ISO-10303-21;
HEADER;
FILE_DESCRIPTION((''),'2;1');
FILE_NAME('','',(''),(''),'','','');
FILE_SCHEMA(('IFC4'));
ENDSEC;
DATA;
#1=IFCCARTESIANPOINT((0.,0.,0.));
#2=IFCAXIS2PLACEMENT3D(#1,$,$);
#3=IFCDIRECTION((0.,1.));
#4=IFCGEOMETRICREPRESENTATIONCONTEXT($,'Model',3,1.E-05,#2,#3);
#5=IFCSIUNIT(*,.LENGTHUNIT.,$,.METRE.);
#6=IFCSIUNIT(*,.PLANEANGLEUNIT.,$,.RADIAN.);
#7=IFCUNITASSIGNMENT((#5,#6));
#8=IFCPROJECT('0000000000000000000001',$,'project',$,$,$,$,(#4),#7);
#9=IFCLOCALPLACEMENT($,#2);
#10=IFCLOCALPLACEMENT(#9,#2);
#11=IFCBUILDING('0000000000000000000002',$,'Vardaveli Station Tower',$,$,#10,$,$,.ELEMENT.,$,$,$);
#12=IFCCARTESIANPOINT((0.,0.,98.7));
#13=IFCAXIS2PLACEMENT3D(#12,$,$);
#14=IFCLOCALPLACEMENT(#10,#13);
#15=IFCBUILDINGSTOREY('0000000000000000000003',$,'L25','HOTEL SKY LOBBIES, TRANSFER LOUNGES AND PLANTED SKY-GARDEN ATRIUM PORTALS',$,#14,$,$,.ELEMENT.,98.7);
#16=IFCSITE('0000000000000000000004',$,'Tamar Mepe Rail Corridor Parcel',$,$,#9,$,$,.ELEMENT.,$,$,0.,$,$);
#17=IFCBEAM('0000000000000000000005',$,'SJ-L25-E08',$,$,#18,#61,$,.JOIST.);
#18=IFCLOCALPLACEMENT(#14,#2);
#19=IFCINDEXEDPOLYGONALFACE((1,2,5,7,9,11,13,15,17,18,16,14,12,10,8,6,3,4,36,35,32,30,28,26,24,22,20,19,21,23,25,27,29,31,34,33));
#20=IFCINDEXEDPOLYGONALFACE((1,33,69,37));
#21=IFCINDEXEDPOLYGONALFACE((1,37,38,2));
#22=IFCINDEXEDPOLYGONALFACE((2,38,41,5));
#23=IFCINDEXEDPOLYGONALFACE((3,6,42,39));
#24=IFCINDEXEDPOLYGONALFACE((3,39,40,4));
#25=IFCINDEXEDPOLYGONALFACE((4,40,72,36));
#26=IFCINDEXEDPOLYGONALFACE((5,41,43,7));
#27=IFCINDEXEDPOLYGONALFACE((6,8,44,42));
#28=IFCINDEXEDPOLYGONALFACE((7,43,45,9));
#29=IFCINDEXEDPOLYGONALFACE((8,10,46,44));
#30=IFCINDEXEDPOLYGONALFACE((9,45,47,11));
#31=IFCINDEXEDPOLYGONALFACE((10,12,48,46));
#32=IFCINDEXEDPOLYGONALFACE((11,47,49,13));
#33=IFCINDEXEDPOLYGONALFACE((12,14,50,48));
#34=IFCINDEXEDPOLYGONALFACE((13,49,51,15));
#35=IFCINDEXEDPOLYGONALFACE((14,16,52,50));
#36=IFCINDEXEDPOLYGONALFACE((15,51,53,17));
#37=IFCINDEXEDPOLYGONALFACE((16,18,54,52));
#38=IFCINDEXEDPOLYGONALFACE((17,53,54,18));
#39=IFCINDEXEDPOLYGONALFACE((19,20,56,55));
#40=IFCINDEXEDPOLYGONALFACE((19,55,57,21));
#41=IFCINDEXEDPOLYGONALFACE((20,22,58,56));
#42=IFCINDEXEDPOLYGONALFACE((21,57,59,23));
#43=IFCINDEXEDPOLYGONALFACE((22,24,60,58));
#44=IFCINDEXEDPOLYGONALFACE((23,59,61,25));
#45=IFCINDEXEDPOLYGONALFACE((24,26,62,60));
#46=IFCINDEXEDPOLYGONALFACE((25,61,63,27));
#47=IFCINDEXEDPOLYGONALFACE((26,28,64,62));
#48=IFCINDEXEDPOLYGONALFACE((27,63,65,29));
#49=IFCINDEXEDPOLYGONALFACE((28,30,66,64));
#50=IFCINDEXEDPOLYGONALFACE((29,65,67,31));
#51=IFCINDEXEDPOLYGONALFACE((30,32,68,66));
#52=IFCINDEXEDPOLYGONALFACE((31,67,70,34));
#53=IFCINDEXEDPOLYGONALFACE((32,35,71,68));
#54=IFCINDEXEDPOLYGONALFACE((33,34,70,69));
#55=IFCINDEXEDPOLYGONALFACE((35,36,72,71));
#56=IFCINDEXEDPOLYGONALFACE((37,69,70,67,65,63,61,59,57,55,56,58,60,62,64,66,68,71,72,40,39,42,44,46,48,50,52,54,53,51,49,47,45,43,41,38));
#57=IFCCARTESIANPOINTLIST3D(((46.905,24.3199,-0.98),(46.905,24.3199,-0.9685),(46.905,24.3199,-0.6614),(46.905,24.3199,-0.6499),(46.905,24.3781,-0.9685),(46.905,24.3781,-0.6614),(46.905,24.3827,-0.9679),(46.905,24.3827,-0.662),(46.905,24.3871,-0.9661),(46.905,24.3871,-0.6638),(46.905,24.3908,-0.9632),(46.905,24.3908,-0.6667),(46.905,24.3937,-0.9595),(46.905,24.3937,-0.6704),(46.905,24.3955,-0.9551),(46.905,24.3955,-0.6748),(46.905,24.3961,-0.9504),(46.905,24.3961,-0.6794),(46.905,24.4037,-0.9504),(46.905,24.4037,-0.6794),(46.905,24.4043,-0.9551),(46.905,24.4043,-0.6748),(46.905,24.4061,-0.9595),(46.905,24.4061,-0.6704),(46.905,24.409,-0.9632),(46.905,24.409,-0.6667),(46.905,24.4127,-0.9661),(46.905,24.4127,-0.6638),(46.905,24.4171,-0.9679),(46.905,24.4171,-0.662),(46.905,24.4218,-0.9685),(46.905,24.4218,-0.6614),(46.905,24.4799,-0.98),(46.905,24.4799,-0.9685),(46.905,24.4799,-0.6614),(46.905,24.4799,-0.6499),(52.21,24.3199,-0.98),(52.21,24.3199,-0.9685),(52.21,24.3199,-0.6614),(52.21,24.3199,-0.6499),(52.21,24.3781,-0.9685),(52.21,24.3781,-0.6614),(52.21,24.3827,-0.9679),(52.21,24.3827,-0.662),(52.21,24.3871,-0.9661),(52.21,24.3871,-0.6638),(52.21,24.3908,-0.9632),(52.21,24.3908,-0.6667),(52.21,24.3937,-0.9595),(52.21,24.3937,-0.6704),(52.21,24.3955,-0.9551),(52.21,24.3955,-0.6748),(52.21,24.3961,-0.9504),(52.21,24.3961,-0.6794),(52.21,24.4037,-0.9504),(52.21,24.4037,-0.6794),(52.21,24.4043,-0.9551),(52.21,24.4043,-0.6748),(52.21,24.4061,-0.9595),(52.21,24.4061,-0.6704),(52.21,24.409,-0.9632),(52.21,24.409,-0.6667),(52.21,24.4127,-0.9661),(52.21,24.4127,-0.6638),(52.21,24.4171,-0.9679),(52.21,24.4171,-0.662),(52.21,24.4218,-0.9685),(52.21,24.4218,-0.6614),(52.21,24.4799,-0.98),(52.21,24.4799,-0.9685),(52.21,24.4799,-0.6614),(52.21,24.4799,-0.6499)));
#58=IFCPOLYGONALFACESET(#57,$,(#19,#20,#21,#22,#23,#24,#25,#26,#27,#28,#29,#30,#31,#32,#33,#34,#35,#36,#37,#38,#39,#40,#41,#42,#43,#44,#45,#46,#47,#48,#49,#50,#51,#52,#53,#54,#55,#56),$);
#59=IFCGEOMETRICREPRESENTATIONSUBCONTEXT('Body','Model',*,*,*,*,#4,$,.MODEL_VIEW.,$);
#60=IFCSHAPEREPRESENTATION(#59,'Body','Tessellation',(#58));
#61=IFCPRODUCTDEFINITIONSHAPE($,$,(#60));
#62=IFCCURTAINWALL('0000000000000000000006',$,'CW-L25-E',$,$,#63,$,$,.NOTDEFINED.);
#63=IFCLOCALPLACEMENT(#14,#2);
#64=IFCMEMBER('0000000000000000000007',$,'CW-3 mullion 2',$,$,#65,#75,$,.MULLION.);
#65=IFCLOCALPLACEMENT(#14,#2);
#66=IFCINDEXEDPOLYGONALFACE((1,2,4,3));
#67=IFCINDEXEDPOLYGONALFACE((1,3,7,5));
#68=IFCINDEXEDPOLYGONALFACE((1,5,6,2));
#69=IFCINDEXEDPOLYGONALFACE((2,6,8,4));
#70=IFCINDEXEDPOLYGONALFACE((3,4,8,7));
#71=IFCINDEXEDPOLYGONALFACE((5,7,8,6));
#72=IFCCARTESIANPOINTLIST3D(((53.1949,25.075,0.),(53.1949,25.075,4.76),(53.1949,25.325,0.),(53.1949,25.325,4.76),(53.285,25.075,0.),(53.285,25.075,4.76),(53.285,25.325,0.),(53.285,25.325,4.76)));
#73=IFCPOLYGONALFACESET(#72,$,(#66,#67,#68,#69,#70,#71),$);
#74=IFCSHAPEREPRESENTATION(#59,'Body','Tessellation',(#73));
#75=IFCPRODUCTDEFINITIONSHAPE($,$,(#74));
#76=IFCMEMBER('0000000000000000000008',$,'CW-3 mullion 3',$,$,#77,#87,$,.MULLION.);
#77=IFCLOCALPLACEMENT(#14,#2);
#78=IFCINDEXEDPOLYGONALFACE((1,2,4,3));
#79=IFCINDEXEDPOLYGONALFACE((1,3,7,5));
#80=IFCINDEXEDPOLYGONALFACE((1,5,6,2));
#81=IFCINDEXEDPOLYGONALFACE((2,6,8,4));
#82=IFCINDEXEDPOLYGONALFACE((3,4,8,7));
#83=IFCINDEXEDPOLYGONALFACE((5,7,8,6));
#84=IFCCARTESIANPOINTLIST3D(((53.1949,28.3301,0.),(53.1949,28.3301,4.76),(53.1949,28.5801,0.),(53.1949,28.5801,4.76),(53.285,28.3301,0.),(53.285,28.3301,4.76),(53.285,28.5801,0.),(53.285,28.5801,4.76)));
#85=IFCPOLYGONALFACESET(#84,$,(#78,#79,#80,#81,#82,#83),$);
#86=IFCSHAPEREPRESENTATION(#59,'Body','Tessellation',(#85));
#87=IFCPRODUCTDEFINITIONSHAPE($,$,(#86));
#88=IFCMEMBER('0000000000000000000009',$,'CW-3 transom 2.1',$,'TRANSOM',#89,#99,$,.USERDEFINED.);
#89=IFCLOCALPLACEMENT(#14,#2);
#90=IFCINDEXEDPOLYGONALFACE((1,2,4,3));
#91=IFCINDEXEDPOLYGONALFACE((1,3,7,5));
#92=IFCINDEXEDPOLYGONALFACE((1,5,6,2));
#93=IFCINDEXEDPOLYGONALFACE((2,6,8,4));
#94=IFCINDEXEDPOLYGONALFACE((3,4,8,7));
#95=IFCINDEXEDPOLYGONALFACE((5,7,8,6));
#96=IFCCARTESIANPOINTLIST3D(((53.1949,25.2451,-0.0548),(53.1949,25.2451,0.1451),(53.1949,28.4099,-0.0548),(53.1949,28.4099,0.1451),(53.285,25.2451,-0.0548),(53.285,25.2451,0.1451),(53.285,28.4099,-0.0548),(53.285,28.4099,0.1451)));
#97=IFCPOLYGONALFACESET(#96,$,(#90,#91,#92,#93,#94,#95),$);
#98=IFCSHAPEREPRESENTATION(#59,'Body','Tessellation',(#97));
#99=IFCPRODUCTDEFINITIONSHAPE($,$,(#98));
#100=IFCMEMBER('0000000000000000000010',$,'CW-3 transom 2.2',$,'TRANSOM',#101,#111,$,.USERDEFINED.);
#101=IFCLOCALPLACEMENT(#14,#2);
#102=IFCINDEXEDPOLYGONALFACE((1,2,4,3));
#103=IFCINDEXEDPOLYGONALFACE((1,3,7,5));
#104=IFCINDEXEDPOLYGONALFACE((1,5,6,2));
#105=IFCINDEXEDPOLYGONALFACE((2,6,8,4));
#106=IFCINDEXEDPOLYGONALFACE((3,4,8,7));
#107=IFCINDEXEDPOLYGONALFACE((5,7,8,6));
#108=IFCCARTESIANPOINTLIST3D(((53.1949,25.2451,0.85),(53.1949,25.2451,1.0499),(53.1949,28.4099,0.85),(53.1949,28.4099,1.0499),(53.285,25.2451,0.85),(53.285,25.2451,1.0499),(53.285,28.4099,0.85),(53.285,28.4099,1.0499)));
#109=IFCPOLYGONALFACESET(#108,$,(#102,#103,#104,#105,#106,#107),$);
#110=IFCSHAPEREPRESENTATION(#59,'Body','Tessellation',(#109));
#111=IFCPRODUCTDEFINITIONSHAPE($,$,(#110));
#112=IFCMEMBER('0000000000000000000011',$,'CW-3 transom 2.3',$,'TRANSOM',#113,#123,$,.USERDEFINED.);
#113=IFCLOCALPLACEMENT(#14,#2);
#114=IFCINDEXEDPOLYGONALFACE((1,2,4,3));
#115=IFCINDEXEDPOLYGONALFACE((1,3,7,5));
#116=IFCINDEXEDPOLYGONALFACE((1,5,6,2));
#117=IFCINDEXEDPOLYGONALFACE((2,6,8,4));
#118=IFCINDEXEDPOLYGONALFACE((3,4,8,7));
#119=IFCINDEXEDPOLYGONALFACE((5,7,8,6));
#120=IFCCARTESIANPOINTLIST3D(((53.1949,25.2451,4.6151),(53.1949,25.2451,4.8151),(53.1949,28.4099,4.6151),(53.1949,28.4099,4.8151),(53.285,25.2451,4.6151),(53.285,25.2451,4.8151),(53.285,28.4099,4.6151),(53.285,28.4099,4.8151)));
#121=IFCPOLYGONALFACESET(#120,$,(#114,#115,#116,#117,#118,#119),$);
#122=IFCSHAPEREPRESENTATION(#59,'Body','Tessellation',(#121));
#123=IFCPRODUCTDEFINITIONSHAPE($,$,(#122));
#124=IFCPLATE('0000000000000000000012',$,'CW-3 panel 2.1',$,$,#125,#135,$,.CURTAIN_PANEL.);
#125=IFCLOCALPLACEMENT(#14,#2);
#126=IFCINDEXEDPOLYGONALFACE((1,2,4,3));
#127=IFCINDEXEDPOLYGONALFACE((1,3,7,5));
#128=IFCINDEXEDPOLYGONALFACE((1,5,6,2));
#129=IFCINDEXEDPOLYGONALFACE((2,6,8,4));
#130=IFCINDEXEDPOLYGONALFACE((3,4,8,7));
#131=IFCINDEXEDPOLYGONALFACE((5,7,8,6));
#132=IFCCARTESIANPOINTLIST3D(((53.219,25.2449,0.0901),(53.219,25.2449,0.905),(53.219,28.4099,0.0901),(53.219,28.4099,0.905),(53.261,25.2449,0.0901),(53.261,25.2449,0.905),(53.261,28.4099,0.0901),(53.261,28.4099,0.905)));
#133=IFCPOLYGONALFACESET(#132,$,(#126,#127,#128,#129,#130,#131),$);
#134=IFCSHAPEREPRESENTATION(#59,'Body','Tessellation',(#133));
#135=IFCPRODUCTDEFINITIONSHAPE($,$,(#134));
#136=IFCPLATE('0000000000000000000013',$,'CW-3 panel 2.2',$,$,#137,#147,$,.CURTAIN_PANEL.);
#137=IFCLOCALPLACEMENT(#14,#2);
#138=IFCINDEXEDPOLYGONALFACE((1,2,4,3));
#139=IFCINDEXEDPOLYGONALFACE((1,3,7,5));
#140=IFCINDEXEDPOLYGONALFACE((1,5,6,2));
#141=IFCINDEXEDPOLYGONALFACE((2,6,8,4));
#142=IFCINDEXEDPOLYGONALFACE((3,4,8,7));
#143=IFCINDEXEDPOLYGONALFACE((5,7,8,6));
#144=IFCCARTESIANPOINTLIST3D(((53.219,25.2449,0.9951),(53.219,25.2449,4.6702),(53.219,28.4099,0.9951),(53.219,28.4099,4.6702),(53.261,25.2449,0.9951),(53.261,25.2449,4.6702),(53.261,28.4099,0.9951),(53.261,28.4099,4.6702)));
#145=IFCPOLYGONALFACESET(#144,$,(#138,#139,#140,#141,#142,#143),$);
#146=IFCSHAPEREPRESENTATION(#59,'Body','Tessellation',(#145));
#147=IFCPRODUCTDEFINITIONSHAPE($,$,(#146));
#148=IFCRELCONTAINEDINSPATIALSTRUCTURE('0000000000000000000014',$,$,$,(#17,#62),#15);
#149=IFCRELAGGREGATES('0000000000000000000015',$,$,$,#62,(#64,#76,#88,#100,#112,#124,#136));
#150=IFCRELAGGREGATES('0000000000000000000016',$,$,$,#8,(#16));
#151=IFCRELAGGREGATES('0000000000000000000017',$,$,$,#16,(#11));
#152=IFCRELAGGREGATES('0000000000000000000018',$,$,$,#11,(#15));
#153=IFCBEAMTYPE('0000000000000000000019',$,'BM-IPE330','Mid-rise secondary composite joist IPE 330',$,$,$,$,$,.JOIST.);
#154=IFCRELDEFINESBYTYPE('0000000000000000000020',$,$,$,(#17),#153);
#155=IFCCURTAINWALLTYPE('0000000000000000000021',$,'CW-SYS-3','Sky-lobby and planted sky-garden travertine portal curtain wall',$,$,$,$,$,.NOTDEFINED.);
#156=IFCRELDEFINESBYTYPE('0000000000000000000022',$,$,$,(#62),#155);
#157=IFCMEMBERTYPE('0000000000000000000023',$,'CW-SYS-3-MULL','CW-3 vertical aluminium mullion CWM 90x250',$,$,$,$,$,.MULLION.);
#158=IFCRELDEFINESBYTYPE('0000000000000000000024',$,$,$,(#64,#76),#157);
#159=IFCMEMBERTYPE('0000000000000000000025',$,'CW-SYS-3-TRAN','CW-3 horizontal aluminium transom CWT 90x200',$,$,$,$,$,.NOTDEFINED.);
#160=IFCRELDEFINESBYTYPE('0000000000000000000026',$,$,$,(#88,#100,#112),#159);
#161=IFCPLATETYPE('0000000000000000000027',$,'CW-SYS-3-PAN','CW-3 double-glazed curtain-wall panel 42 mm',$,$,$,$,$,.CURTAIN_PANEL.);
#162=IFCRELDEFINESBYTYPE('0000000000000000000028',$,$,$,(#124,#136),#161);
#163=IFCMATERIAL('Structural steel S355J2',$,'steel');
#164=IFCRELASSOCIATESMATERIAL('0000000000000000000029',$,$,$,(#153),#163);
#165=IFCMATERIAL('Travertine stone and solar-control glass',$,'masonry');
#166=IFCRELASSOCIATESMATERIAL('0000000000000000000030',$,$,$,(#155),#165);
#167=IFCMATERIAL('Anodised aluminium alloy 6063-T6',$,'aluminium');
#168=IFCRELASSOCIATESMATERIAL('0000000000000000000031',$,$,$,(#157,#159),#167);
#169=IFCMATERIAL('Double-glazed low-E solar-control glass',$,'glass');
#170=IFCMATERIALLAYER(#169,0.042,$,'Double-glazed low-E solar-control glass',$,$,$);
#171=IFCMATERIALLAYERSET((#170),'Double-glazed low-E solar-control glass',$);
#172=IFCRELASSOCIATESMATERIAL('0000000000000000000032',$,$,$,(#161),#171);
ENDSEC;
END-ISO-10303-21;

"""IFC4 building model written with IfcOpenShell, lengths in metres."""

from ifc_helpers import new_model, si_unit, direction, frame, origin, origin_2d, place, context, subcontext, project, spatial, rectangle, i_section, extrude, source, transform, mapped, material, layer, layer_set, material_profile, profile_set, type_object, element, aggregate, save


model = new_model("IFC4")

# Units and contexts
model_context = context("Model", 3, precision=1e-05, world=origin(), true_north=direction((0.0, 1.0)))
body_context = subcontext(model_context, "Body", "Model", "MODEL_VIEW")
ifc_project = project(units=[si_unit("LENGTHUNIT", "METRE"), si_unit("PLANEANGLEUNIT", "RADIAN")], contexts=[model_context])

# Site, building, storey
site_placement = place(None, origin())
site = spatial("IfcSite", under=ifc_project, at=site_placement, Name="Tamar Mepe Rail Corridor Parcel", CompositionType="ELEMENT", RefElevation=0.0)
building_placement = place(site_placement, origin())
building = spatial("IfcBuilding", under=site, at=building_placement, Name="Vardaveli Station Tower", CompositionType="ELEMENT")
storey_placement = place(building_placement, frame((0.0, 0.0, 98.7)))
storey = spatial("IfcBuildingStorey", under=building, at=storey_placement, Name="L25", Description="HOTEL SKY LOBBIES, TRANSFER LOUNGES AND PLANTED SKY-GARDEN ATRIUM PORTALS", CompositionType="ELEMENT", Elevation=98.7)

# Beam
ifc_material_1 = material(Name="Structural steel S355J2", Category="steel")
ifc_material_profile_1 = material_profile(ifc_material_1, i_section(OverallWidth=0.1599, OverallDepth=0.3301, WebThickness=0.0076, FlangeThickness=0.0115, FilletRadius=0.0181, at=origin_2d()), Name="IPE 330")
ifc_profile_set_1 = profile_set([ifc_material_profile_1], Name="Structural steel S355J2")
beam_type_1 = type_object("IfcBeamType", Name="BM-IPE330", Description="Mid-rise secondary composite joist IPE 330", PredefinedType="JOIST", material=ifc_profile_set_1)
shared_shape_1 = source(origin(), body_context, "Body", "SweptSolid", [
    extrude(i_section(OverallWidth=0.1599, OverallDepth=0.3301, WebThickness=0.0076, FlangeThickness=0.0115, FilletRadius=0.0181, at=origin_2d()), origin(), (0.0, 0.0, 1.0), 5.3049),
])
beam_1_placement = place(storey_placement, frame((46.905, 24.3999, -0.8149), z_axis=(1.0, 0.0, 0.0), x_axis=(0.0, 1.0, 0.0)))
element("IfcBeam", 1, at=beam_1_placement, inside=storey, type_object=beam_type_1, Name="SJ-L25-E08", PredefinedType="JOIST", context=body_context, shape_type="MappedRepresentation", body=[
    mapped(shared_shape_1, transform((0.0, 0.0, 0.0), scale=1.0)),
])

# Curtain wall, members, plates
ifc_material_2 = material(Name="Travertine stone and solar-control glass", Category="masonry")
curtain_wall_type = type_object("IfcCurtainWallType", Name="CW-SYS-3", Description="Sky-lobby and planted sky-garden travertine portal curtain wall", PredefinedType="NOTDEFINED", material=ifc_material_2)
curtain_wall_placement = place(storey_placement, origin())
curtain_wall = element("IfcCurtainWall", 2, at=curtain_wall_placement, inside=storey, type_object=curtain_wall_type, Name="CW-L25-E", PredefinedType="NOTDEFINED")
ifc_material_3 = material(Name="Anodised aluminium alloy 6063-T6", Category="aluminium")
ifc_material_profile_2 = material_profile(ifc_material_3, rectangle(XDim=0.0901, YDim=0.25, at=origin_2d()), Name="CWM 90x250")
ifc_profile_set_2 = profile_set([ifc_material_profile_2], Name="Anodised aluminium alloy 6063-T6")
member_type_1 = type_object("IfcMemberType", Name="CW-SYS-3-MULL", Description="CW-3 vertical aluminium mullion CWM 90x250", PredefinedType="MULLION", material=ifc_profile_set_2)
shared_shape_2 = source(origin(), body_context, "Body", "SweptSolid", [
    extrude(rectangle(XDim=0.0901, YDim=0.25, at=origin_2d()), origin(), (0.0, 0.0, 1.0), 4.76),
])
member_1_placement = place(storey_placement, frame((53.24, 25.2, 0.0), z_axis=(0.0, 0.0, 1.0), x_axis=(-1.0, 0.0, 0.0)))
member_1 = element("IfcMember", 3, at=member_1_placement, type_object=member_type_1, Name="CW-3 mullion 2", PredefinedType="MULLION", context=body_context, shape_type="MappedRepresentation", body=[
    mapped(shared_shape_2, transform((0.0, 0.0, 0.0), scale=1.0)),
])
member_2_placement = place(storey_placement, frame((53.24, 28.4551, 0.0), z_axis=(0.0, 0.0, 1.0), x_axis=(-1.0, 0.0, 0.0)))
member_2 = element("IfcMember", 4, at=member_2_placement, type_object=member_type_1, Name="CW-3 mullion 3", PredefinedType="MULLION", context=body_context, shape_type="MappedRepresentation", body=[
    mapped(shared_shape_2, transform((0.0, 0.0, 0.0), scale=1.0)),
])
ifc_material_profile_3 = material_profile(ifc_material_3, rectangle(XDim=0.0901, YDim=0.2, at=origin_2d()), Name="CWT 90x200")
ifc_profile_set_3 = profile_set([ifc_material_profile_3], Name="Anodised aluminium alloy 6063-T6")
member_type_2 = type_object("IfcMemberType", Name="CW-SYS-3-TRAN", Description="CW-3 horizontal aluminium transom CWT 90x200", PredefinedType="NOTDEFINED", material=ifc_profile_set_3)
shared_shape_3 = source(origin(), body_context, "Body", "SweptSolid", [
    extrude(rectangle(XDim=0.0901, YDim=0.2, at=origin_2d()), origin(), (0.0, 0.0, 1.0), 3.1648),
])
member_3_placement = place(storey_placement, frame((53.24, 25.2451, 0.0452), z_axis=(0.0, 1.0, 0.0), x_axis=(-1.0, 0.0, 0.0)))
member_3 = element("IfcMember", 5, at=member_3_placement, type_object=member_type_2, Name="CW-3 transom 2.1", ObjectType="TRANSOM", PredefinedType="USERDEFINED", context=body_context, shape_type="MappedRepresentation", body=[
    mapped(shared_shape_3, transform((0.0, 0.0, 0.0), scale=1.0)),
])
member_4_placement = place(storey_placement, frame((53.24, 25.2451, 0.95), z_axis=(0.0, 1.0, 0.0), x_axis=(-1.0, 0.0, 0.0)))
member_4 = element("IfcMember", 6, at=member_4_placement, type_object=member_type_2, Name="CW-3 transom 2.2", ObjectType="TRANSOM", PredefinedType="USERDEFINED", context=body_context, shape_type="MappedRepresentation", body=[
    mapped(shared_shape_3, transform((0.0, 0.0, 0.0), scale=1.0)),
])
member_5_placement = place(storey_placement, frame((53.24, 25.2451, 4.7151), z_axis=(0.0, 1.0, 0.0), x_axis=(-1.0, 0.0, 0.0)))
member_5 = element("IfcMember", 7, at=member_5_placement, type_object=member_type_2, Name="CW-3 transom 2.3", ObjectType="TRANSOM", PredefinedType="USERDEFINED", context=body_context, shape_type="MappedRepresentation", body=[
    mapped(shared_shape_3, transform((0.0, 0.0, 0.0), scale=1.0)),
])
ifc_material_4 = material(Name="Double-glazed low-E solar-control glass", Category="glass")
ifc_layer_1 = layer(ifc_material_4, 0.042, Name="Double-glazed low-E solar-control glass")
ifc_layer_set_1 = layer_set([ifc_layer_1], Name="Double-glazed low-E solar-control glass")
plate_type = type_object("IfcPlateType", Name="CW-SYS-3-PAN", Description="CW-3 double-glazed curtain-wall panel 42 mm", PredefinedType="CURTAIN_PANEL", material=ifc_layer_set_1)
shared_shape_4 = source(origin(), body_context, "Body", "SweptSolid", [
    extrude(rectangle(XDim=3.165, YDim=0.042, at=origin_2d()), origin(), (0.0, 0.0, 1.0), 0.8149),
])
plate_1_placement = place(storey_placement, frame((53.24, 26.8274, 0.0901), z_axis=(0.0, 0.0, 1.0), x_axis=(0.0, 1.0, 0.0)))
plate_1 = element("IfcPlate", 8, at=plate_1_placement, type_object=plate_type, Name="CW-3 panel 2.1", PredefinedType="CURTAIN_PANEL", context=body_context, shape_type="MappedRepresentation", body=[
    mapped(shared_shape_4, transform((0.0, 0.0, 0.0), scale=1.0)),
])
shared_shape_5 = source(origin(), body_context, "Body", "SweptSolid", [
    extrude(rectangle(XDim=3.165, YDim=0.042, at=origin_2d()), origin(), (0.0, 0.0, 1.0), 3.675),
])
plate_2_placement = place(storey_placement, frame((53.24, 26.8274, 0.9951), z_axis=(0.0, 0.0, 1.0), x_axis=(0.0, 1.0, 0.0)))
plate_2 = element("IfcPlate", 9, at=plate_2_placement, type_object=plate_type, Name="CW-3 panel 2.2", PredefinedType="CURTAIN_PANEL", context=body_context, shape_type="MappedRepresentation", body=[
    mapped(shared_shape_5, transform((0.0, 0.0, 0.0), scale=1.0)),
])
aggregate(curtain_wall, [member_1, member_2, member_3, member_4, member_5, plate_1, plate_2])

save(model, "model.ifc")
